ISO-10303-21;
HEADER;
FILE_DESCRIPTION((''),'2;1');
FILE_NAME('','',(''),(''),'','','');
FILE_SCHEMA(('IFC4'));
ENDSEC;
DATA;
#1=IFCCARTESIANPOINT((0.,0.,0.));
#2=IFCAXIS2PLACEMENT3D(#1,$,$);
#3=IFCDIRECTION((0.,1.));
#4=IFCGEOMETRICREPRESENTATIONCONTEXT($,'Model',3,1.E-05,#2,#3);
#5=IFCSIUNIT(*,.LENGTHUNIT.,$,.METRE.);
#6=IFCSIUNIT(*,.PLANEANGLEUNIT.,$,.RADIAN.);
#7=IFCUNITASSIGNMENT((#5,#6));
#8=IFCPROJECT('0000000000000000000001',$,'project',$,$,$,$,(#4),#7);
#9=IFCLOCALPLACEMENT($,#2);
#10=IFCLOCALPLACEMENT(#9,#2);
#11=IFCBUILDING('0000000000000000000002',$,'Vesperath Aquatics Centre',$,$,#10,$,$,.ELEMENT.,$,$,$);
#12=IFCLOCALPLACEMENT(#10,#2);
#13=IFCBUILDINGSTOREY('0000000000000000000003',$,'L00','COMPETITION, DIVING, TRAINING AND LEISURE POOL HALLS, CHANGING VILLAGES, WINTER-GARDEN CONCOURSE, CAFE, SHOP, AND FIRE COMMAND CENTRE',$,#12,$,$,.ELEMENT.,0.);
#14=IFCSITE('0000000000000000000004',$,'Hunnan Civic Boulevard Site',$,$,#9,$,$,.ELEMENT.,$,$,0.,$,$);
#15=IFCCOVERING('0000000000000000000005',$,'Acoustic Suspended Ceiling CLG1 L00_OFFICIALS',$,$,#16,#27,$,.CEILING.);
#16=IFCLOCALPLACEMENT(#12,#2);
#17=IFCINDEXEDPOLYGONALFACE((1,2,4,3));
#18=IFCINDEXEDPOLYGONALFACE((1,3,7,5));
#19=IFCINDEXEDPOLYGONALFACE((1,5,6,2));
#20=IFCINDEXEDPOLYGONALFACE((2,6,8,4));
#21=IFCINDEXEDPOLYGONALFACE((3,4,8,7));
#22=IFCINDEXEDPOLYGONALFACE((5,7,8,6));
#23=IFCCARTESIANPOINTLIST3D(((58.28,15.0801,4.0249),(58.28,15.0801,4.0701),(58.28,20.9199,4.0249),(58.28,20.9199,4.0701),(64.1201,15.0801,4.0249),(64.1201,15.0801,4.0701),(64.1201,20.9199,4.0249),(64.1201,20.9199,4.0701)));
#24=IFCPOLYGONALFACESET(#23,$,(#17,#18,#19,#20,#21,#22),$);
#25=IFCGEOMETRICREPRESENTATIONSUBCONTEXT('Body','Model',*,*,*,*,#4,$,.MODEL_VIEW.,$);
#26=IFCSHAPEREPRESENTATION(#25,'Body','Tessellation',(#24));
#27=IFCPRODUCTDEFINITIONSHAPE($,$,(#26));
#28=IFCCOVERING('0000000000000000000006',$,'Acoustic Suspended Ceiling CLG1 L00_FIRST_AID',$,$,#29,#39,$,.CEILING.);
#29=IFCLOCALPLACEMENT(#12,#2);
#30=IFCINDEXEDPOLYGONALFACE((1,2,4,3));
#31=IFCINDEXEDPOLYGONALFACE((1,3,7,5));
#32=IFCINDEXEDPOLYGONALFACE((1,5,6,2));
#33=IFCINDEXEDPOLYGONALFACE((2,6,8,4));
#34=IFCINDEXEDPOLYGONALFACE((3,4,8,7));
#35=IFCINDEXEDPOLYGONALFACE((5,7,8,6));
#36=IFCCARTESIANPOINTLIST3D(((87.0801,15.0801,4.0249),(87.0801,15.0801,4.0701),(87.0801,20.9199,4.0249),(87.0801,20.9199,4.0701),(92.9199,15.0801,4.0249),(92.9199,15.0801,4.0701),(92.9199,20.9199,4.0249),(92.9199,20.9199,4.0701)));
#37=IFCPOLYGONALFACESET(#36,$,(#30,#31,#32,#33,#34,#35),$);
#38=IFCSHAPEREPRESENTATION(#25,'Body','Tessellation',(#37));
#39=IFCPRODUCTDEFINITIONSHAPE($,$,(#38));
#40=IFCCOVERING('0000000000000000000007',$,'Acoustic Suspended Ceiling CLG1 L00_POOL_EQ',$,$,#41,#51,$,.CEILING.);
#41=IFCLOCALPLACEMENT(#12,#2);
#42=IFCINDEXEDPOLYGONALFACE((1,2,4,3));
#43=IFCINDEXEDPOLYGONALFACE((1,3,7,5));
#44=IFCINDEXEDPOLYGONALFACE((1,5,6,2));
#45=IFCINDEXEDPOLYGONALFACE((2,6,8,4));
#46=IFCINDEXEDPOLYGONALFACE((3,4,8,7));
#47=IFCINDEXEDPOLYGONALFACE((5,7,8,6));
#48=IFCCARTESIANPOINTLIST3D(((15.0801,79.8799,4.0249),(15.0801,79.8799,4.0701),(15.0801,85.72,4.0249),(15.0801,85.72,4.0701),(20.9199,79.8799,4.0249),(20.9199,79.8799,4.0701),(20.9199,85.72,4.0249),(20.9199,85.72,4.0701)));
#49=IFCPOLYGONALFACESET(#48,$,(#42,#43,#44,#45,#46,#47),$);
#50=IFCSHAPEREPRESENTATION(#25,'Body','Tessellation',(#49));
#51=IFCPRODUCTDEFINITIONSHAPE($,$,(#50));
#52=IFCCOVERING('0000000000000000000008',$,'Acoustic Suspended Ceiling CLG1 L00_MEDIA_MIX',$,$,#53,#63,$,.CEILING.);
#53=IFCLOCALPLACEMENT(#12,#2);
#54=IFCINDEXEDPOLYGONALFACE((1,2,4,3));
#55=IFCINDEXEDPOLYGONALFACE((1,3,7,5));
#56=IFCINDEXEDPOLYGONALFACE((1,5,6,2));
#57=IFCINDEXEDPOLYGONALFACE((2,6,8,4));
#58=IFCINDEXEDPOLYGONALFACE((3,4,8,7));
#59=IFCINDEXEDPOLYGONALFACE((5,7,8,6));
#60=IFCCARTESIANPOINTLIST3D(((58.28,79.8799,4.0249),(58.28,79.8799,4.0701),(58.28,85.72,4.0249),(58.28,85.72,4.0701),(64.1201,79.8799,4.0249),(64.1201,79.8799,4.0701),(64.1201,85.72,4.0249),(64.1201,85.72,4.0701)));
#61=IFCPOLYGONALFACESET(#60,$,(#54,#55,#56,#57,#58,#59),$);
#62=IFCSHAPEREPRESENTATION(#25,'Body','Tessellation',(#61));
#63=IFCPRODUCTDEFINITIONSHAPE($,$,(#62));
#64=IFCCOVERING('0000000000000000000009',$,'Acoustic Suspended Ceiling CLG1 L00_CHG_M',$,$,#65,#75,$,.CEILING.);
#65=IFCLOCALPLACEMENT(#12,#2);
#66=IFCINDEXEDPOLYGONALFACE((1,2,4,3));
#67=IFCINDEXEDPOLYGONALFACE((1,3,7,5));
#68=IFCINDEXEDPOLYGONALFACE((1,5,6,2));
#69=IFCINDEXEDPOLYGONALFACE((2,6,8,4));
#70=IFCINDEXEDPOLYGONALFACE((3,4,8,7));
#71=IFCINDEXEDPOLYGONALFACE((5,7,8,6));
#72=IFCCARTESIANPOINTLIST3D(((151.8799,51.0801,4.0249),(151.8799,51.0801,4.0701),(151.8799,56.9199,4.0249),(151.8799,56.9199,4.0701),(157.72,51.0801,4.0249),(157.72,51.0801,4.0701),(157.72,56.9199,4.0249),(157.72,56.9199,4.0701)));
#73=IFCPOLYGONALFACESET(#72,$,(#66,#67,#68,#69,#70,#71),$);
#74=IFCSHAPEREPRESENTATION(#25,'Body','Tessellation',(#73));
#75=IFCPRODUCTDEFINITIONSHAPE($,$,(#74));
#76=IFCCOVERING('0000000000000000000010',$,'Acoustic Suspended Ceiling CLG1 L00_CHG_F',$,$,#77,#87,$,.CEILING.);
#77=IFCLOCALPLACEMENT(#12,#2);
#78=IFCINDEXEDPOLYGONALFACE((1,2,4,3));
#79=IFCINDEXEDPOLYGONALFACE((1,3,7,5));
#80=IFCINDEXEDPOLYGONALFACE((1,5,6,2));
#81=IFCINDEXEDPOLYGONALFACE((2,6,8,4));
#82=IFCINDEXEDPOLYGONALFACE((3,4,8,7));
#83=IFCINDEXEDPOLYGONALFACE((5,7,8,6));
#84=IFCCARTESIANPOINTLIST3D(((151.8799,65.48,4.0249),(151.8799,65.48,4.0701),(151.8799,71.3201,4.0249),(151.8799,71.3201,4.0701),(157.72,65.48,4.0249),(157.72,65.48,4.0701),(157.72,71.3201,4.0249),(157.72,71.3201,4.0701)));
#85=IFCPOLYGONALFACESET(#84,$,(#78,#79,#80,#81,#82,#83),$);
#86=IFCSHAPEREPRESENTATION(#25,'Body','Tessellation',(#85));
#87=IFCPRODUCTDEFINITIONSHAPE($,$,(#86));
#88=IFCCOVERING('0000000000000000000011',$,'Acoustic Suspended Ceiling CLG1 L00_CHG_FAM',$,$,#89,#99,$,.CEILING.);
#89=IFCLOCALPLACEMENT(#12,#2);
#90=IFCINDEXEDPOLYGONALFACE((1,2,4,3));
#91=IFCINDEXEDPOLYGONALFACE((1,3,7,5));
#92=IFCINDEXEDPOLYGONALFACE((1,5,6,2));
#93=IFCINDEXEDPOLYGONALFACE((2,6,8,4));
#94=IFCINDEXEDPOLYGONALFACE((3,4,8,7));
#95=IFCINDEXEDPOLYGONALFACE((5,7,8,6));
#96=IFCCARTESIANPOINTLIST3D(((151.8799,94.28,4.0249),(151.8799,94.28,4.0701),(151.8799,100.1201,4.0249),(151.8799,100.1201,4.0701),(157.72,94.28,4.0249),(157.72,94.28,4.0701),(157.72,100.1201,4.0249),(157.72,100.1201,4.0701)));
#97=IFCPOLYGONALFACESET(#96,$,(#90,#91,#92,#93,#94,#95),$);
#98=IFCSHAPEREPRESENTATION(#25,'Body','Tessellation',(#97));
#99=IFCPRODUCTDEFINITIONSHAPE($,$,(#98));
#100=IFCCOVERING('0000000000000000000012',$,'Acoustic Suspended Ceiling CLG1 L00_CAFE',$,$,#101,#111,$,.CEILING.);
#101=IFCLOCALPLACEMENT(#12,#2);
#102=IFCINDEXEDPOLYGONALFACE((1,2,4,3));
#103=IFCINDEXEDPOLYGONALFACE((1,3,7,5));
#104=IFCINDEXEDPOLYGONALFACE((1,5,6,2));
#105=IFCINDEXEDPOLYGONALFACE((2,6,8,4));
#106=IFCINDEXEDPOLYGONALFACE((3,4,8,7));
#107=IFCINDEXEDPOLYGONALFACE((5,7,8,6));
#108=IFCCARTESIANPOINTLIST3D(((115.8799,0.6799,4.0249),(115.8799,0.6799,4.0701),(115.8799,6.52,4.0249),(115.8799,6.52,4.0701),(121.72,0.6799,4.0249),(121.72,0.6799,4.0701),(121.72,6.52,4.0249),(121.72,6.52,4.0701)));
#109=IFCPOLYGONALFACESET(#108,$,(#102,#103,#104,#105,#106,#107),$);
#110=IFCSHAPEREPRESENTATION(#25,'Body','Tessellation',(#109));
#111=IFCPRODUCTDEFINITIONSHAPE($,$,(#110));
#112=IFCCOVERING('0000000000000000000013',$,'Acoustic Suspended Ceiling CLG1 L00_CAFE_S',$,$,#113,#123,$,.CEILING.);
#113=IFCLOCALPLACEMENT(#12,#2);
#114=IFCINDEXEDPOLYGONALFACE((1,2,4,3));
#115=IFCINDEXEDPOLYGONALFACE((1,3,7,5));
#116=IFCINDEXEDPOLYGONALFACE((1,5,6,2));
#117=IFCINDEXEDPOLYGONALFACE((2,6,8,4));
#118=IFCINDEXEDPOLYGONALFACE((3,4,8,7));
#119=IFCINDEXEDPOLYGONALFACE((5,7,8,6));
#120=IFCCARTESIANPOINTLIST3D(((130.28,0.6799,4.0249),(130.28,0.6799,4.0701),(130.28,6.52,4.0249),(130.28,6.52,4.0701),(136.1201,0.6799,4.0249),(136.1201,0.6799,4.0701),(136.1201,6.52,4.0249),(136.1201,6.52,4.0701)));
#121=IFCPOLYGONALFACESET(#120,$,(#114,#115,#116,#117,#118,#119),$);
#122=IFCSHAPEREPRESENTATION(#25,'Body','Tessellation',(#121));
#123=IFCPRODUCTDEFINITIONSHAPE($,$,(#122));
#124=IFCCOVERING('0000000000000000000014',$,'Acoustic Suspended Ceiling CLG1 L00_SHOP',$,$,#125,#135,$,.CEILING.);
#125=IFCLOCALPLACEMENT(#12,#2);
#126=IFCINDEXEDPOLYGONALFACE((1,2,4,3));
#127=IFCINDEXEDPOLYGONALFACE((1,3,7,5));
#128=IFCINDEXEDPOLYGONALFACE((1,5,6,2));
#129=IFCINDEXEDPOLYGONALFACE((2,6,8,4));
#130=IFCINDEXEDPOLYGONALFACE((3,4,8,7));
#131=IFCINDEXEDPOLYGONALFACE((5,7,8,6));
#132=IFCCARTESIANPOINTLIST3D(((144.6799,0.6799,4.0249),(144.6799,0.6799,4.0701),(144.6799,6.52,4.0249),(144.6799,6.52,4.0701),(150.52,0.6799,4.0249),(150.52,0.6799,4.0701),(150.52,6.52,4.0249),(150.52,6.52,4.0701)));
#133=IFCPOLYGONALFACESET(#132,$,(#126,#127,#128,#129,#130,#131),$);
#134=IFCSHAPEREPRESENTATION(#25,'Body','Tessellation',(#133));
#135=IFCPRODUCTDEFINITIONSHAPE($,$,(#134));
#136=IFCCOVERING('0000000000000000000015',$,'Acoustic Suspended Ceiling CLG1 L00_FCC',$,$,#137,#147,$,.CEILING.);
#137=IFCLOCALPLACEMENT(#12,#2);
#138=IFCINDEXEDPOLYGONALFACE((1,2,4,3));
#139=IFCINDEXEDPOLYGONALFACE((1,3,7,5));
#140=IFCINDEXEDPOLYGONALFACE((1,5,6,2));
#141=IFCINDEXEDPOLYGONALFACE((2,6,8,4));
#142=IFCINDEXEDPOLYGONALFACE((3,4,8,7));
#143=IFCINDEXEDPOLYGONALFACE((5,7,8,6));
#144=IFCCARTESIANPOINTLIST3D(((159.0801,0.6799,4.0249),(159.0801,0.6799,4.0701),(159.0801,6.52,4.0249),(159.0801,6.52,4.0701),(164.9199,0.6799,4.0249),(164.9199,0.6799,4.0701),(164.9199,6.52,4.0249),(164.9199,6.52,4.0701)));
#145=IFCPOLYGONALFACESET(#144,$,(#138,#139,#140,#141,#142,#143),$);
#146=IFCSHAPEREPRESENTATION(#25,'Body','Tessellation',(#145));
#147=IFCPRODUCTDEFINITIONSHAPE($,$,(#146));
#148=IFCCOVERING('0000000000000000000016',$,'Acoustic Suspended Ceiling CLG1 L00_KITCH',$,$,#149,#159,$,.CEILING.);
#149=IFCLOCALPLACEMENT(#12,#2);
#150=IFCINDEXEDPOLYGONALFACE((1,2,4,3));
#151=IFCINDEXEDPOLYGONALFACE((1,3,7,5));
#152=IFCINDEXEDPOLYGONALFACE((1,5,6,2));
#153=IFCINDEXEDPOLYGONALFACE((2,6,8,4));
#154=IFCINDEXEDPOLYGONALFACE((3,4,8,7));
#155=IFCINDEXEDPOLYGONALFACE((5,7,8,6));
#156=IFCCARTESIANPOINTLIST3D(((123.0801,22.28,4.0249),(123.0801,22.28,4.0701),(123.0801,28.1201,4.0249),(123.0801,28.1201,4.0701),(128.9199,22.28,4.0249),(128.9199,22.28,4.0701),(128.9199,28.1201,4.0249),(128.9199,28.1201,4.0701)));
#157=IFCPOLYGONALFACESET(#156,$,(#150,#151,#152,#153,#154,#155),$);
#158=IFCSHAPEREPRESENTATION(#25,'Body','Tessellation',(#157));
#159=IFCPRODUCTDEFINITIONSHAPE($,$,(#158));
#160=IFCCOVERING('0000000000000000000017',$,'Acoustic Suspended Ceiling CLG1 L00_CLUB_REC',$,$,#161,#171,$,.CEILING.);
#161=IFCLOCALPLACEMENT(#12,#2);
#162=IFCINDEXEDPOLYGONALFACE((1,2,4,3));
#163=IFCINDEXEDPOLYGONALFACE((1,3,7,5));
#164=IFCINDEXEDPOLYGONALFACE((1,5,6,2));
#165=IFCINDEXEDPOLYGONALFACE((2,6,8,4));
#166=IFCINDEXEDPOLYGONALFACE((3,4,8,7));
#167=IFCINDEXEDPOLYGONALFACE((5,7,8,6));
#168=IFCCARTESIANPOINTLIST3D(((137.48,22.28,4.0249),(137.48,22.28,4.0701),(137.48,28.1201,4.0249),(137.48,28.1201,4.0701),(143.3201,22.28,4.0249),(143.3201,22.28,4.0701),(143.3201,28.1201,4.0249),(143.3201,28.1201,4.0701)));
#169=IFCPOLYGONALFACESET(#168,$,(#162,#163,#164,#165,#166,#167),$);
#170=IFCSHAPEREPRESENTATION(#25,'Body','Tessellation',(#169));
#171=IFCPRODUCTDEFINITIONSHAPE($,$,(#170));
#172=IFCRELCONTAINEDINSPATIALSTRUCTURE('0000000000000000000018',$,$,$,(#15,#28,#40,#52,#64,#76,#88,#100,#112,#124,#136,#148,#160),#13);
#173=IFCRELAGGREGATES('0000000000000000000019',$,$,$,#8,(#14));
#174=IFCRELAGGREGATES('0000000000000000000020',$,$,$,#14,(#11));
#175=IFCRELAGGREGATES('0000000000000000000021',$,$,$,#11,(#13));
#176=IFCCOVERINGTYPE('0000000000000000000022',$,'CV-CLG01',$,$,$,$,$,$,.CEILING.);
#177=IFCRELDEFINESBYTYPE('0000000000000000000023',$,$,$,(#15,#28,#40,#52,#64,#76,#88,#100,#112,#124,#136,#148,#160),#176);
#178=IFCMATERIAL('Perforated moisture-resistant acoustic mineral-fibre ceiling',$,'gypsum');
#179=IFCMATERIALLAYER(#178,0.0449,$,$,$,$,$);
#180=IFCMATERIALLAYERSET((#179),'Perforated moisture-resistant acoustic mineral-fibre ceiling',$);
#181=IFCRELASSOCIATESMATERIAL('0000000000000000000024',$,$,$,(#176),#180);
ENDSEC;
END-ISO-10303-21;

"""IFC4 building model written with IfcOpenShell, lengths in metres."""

from ifc_helpers import new_model, si_unit, direction, frame, origin, place, context, subcontext, project, spatial, polyline, outline, extrude, material, layer, layer_set, type_object, element, save


model = new_model("IFC4")

# Units and contexts
model_context = context("Model", 3, precision=1e-05, world=origin(), true_north=direction((0.0, 1.0)))
body_context = subcontext(model_context, "Body", "Model", "MODEL_VIEW")
ifc_project = project(units=[si_unit("LENGTHUNIT", "METRE"), si_unit("PLANEANGLEUNIT", "RADIAN")], contexts=[model_context])

# Site, building, storey
site_placement = place(None, origin())
site = spatial("IfcSite", under=ifc_project, at=site_placement, Name="Hunnan Civic Boulevard Site", CompositionType="ELEMENT", RefElevation=0.0)
building_placement = place(site_placement, origin())
building = spatial("IfcBuilding", under=site, at=building_placement, Name="Vesperath Aquatics Centre", CompositionType="ELEMENT")
storey_placement = place(building_placement, origin())
storey = spatial("IfcBuildingStorey", under=building, at=storey_placement, Name="L00", Description="COMPETITION, DIVING, TRAINING AND LEISURE POOL HALLS, CHANGING VILLAGES, WINTER-GARDEN CONCOURSE, CAFE, SHOP, AND FIRE COMMAND CENTRE", CompositionType="ELEMENT", Elevation=0.0)

# Coverings
ifc_material_1 = material(Name="Perforated moisture-resistant acoustic mineral-fibre ceiling", Category="gypsum")
ifc_layer_1 = layer(ifc_material_1, 0.0449)
ifc_layer_set_1 = layer_set([ifc_layer_1], Name="Perforated moisture-resistant acoustic mineral-fibre ceiling")
covering_type = type_object("IfcCoveringType", Name="CV-CLG01", PredefinedType="CEILING", material=ifc_layer_set_1)
covering_1_placement = place(storey_placement, frame((0.0, 0.0, 4.0249)))
element("IfcCovering", 1, at=covering_1_placement, inside=storey, type_object=covering_type, Name="Acoustic Suspended Ceiling CLG1 L00_OFFICIALS", PredefinedType="CEILING", context=body_context, shape_type="SweptSolid", body=[
    extrude(outline(polyline([(58.28, 15.0801), (64.1201, 15.0801), (64.1201, 20.9199), (58.28, 20.9199), (58.28, 15.0801)])), origin(), (0.0, 0.0, 1.0), 0.0452),
])
covering_2_placement = place(storey_placement, frame((0.0, 0.0, 4.0249)))
element("IfcCovering", 2, at=covering_2_placement, inside=storey, type_object=covering_type, Name="Acoustic Suspended Ceiling CLG1 L00_FIRST_AID", PredefinedType="CEILING", context=body_context, shape_type="SweptSolid", body=[
    extrude(outline(polyline([(87.0801, 15.0801), (92.9199, 15.0801), (92.9199, 20.9199), (87.0801, 20.9199), (87.0801, 15.0801)])), origin(), (0.0, 0.0, 1.0), 0.0452),
])
covering_3_placement = place(storey_placement, frame((0.0, 0.0, 4.0249)))
element("IfcCovering", 3, at=covering_3_placement, inside=storey, type_object=covering_type, Name="Acoustic Suspended Ceiling CLG1 L00_POOL_EQ", PredefinedType="CEILING", context=body_context, shape_type="SweptSolid", body=[
    extrude(outline(polyline([(15.0801, 79.8799), (20.9199, 79.8799), (20.9199, 85.72), (15.0801, 85.72), (15.0801, 79.8799)])), origin(), (0.0, 0.0, 1.0), 0.0452),
])
covering_4_placement = place(storey_placement, frame((0.0, 0.0, 4.0249)))
element("IfcCovering", 4, at=covering_4_placement, inside=storey, type_object=covering_type, Name="Acoustic Suspended Ceiling CLG1 L00_MEDIA_MIX", PredefinedType="CEILING", context=body_context, shape_type="SweptSolid", body=[
    extrude(outline(polyline([(58.28, 79.8799), (64.1201, 79.8799), (64.1201, 85.72), (58.28, 85.72), (58.28, 79.8799)])), origin(), (0.0, 0.0, 1.0), 0.0452),
])
covering_5_placement = place(storey_placement, frame((0.0, 0.0, 4.0249)))
element("IfcCovering", 5, at=covering_5_placement, inside=storey, type_object=covering_type, Name="Acoustic Suspended Ceiling CLG1 L00_CHG_M", PredefinedType="CEILING", context=body_context, shape_type="SweptSolid", body=[
    extrude(outline(polyline([(151.8799, 51.0801), (157.72, 51.0801), (157.72, 56.9199), (151.8799, 56.9199), (151.8799, 51.0801)])), origin(), (0.0, 0.0, 1.0), 0.0452),
])
covering_6_placement = place(storey_placement, frame((0.0, 0.0, 4.0249)))
element("IfcCovering", 6, at=covering_6_placement, inside=storey, type_object=covering_type, Name="Acoustic Suspended Ceiling CLG1 L00_CHG_F", PredefinedType="CEILING", context=body_context, shape_type="SweptSolid", body=[
    extrude(outline(polyline([(151.8799, 65.48), (157.72, 65.48), (157.72, 71.3201), (151.8799, 71.3201), (151.8799, 65.48)])), origin(), (0.0, 0.0, 1.0), 0.0452),
])
covering_7_placement = place(storey_placement, frame((0.0, 0.0, 4.0249)))
element("IfcCovering", 7, at=covering_7_placement, inside=storey, type_object=covering_type, Name="Acoustic Suspended Ceiling CLG1 L00_CHG_FAM", PredefinedType="CEILING", context=body_context, shape_type="SweptSolid", body=[
    extrude(outline(polyline([(151.8799, 94.28), (157.72, 94.28), (157.72, 100.1201), (151.8799, 100.1201), (151.8799, 94.28)])), origin(), (0.0, 0.0, 1.0), 0.0452),
])
covering_8_placement = place(storey_placement, frame((0.0, 0.0, 4.0249)))
element("IfcCovering", 8, at=covering_8_placement, inside=storey, type_object=covering_type, Name="Acoustic Suspended Ceiling CLG1 L00_CAFE", PredefinedType="CEILING", context=body_context, shape_type="SweptSolid", body=[
    extrude(outline(polyline([(115.8799, 0.6799), (121.72, 0.6799), (121.72, 6.52), (115.8799, 6.52), (115.8799, 0.6799)])), origin(), (0.0, 0.0, 1.0), 0.0452),
])
covering_9_placement = place(storey_placement, frame((0.0, 0.0, 4.0249)))
element("IfcCovering", 9, at=covering_9_placement, inside=storey, type_object=covering_type, Name="Acoustic Suspended Ceiling CLG1 L00_CAFE_S", PredefinedType="CEILING", context=body_context, shape_type="SweptSolid", body=[
    extrude(outline(polyline([(130.28, 0.6799), (136.1201, 0.6799), (136.1201, 6.52), (130.28, 6.52), (130.28, 0.6799)])), origin(), (0.0, 0.0, 1.0), 0.0452),
])
covering_10_placement = place(storey_placement, frame((0.0, 0.0, 4.0249)))
element("IfcCovering", 10, at=covering_10_placement, inside=storey, type_object=covering_type, Name="Acoustic Suspended Ceiling CLG1 L00_SHOP", PredefinedType="CEILING", context=body_context, shape_type="SweptSolid", body=[
    extrude(outline(polyline([(144.6799, 0.6799), (150.52, 0.6799), (150.52, 6.52), (144.6799, 6.52), (144.6799, 0.6799)])), origin(), (0.0, 0.0, 1.0), 0.0452),
])
covering_11_placement = place(storey_placement, frame((0.0, 0.0, 4.0249)))
element("IfcCovering", 11, at=covering_11_placement, inside=storey, type_object=covering_type, Name="Acoustic Suspended Ceiling CLG1 L00_FCC", PredefinedType="CEILING", context=body_context, shape_type="SweptSolid", body=[
    extrude(outline(polyline([(159.0801, 0.6799), (164.9199, 0.6799), (164.9199, 6.52), (159.0801, 6.52), (159.0801, 0.6799)])), origin(), (0.0, 0.0, 1.0), 0.0452),
])
covering_12_placement = place(storey_placement, frame((0.0, 0.0, 4.0249)))
element("IfcCovering", 12, at=covering_12_placement, inside=storey, type_object=covering_type, Name="Acoustic Suspended Ceiling CLG1 L00_KITCH", PredefinedType="CEILING", context=body_context, shape_type="SweptSolid", body=[
    extrude(outline(polyline([(123.0801, 22.28), (128.9199, 22.28), (128.9199, 28.1201), (123.0801, 28.1201), (123.0801, 22.28)])), origin(), (0.0, 0.0, 1.0), 0.0452),
])
covering_13_placement = place(storey_placement, frame((0.0, 0.0, 4.0249)))
element("IfcCovering", 13, at=covering_13_placement, inside=storey, type_object=covering_type, Name="Acoustic Suspended Ceiling CLG1 L00_CLUB_REC", PredefinedType="CEILING", context=body_context, shape_type="SweptSolid", body=[
    extrude(outline(polyline([(137.48, 22.28), (143.3201, 22.28), (143.3201, 28.1201), (137.48, 28.1201), (137.48, 22.28)])), origin(), (0.0, 0.0, 1.0), 0.0452),
])

save(model, "model.ifc")
